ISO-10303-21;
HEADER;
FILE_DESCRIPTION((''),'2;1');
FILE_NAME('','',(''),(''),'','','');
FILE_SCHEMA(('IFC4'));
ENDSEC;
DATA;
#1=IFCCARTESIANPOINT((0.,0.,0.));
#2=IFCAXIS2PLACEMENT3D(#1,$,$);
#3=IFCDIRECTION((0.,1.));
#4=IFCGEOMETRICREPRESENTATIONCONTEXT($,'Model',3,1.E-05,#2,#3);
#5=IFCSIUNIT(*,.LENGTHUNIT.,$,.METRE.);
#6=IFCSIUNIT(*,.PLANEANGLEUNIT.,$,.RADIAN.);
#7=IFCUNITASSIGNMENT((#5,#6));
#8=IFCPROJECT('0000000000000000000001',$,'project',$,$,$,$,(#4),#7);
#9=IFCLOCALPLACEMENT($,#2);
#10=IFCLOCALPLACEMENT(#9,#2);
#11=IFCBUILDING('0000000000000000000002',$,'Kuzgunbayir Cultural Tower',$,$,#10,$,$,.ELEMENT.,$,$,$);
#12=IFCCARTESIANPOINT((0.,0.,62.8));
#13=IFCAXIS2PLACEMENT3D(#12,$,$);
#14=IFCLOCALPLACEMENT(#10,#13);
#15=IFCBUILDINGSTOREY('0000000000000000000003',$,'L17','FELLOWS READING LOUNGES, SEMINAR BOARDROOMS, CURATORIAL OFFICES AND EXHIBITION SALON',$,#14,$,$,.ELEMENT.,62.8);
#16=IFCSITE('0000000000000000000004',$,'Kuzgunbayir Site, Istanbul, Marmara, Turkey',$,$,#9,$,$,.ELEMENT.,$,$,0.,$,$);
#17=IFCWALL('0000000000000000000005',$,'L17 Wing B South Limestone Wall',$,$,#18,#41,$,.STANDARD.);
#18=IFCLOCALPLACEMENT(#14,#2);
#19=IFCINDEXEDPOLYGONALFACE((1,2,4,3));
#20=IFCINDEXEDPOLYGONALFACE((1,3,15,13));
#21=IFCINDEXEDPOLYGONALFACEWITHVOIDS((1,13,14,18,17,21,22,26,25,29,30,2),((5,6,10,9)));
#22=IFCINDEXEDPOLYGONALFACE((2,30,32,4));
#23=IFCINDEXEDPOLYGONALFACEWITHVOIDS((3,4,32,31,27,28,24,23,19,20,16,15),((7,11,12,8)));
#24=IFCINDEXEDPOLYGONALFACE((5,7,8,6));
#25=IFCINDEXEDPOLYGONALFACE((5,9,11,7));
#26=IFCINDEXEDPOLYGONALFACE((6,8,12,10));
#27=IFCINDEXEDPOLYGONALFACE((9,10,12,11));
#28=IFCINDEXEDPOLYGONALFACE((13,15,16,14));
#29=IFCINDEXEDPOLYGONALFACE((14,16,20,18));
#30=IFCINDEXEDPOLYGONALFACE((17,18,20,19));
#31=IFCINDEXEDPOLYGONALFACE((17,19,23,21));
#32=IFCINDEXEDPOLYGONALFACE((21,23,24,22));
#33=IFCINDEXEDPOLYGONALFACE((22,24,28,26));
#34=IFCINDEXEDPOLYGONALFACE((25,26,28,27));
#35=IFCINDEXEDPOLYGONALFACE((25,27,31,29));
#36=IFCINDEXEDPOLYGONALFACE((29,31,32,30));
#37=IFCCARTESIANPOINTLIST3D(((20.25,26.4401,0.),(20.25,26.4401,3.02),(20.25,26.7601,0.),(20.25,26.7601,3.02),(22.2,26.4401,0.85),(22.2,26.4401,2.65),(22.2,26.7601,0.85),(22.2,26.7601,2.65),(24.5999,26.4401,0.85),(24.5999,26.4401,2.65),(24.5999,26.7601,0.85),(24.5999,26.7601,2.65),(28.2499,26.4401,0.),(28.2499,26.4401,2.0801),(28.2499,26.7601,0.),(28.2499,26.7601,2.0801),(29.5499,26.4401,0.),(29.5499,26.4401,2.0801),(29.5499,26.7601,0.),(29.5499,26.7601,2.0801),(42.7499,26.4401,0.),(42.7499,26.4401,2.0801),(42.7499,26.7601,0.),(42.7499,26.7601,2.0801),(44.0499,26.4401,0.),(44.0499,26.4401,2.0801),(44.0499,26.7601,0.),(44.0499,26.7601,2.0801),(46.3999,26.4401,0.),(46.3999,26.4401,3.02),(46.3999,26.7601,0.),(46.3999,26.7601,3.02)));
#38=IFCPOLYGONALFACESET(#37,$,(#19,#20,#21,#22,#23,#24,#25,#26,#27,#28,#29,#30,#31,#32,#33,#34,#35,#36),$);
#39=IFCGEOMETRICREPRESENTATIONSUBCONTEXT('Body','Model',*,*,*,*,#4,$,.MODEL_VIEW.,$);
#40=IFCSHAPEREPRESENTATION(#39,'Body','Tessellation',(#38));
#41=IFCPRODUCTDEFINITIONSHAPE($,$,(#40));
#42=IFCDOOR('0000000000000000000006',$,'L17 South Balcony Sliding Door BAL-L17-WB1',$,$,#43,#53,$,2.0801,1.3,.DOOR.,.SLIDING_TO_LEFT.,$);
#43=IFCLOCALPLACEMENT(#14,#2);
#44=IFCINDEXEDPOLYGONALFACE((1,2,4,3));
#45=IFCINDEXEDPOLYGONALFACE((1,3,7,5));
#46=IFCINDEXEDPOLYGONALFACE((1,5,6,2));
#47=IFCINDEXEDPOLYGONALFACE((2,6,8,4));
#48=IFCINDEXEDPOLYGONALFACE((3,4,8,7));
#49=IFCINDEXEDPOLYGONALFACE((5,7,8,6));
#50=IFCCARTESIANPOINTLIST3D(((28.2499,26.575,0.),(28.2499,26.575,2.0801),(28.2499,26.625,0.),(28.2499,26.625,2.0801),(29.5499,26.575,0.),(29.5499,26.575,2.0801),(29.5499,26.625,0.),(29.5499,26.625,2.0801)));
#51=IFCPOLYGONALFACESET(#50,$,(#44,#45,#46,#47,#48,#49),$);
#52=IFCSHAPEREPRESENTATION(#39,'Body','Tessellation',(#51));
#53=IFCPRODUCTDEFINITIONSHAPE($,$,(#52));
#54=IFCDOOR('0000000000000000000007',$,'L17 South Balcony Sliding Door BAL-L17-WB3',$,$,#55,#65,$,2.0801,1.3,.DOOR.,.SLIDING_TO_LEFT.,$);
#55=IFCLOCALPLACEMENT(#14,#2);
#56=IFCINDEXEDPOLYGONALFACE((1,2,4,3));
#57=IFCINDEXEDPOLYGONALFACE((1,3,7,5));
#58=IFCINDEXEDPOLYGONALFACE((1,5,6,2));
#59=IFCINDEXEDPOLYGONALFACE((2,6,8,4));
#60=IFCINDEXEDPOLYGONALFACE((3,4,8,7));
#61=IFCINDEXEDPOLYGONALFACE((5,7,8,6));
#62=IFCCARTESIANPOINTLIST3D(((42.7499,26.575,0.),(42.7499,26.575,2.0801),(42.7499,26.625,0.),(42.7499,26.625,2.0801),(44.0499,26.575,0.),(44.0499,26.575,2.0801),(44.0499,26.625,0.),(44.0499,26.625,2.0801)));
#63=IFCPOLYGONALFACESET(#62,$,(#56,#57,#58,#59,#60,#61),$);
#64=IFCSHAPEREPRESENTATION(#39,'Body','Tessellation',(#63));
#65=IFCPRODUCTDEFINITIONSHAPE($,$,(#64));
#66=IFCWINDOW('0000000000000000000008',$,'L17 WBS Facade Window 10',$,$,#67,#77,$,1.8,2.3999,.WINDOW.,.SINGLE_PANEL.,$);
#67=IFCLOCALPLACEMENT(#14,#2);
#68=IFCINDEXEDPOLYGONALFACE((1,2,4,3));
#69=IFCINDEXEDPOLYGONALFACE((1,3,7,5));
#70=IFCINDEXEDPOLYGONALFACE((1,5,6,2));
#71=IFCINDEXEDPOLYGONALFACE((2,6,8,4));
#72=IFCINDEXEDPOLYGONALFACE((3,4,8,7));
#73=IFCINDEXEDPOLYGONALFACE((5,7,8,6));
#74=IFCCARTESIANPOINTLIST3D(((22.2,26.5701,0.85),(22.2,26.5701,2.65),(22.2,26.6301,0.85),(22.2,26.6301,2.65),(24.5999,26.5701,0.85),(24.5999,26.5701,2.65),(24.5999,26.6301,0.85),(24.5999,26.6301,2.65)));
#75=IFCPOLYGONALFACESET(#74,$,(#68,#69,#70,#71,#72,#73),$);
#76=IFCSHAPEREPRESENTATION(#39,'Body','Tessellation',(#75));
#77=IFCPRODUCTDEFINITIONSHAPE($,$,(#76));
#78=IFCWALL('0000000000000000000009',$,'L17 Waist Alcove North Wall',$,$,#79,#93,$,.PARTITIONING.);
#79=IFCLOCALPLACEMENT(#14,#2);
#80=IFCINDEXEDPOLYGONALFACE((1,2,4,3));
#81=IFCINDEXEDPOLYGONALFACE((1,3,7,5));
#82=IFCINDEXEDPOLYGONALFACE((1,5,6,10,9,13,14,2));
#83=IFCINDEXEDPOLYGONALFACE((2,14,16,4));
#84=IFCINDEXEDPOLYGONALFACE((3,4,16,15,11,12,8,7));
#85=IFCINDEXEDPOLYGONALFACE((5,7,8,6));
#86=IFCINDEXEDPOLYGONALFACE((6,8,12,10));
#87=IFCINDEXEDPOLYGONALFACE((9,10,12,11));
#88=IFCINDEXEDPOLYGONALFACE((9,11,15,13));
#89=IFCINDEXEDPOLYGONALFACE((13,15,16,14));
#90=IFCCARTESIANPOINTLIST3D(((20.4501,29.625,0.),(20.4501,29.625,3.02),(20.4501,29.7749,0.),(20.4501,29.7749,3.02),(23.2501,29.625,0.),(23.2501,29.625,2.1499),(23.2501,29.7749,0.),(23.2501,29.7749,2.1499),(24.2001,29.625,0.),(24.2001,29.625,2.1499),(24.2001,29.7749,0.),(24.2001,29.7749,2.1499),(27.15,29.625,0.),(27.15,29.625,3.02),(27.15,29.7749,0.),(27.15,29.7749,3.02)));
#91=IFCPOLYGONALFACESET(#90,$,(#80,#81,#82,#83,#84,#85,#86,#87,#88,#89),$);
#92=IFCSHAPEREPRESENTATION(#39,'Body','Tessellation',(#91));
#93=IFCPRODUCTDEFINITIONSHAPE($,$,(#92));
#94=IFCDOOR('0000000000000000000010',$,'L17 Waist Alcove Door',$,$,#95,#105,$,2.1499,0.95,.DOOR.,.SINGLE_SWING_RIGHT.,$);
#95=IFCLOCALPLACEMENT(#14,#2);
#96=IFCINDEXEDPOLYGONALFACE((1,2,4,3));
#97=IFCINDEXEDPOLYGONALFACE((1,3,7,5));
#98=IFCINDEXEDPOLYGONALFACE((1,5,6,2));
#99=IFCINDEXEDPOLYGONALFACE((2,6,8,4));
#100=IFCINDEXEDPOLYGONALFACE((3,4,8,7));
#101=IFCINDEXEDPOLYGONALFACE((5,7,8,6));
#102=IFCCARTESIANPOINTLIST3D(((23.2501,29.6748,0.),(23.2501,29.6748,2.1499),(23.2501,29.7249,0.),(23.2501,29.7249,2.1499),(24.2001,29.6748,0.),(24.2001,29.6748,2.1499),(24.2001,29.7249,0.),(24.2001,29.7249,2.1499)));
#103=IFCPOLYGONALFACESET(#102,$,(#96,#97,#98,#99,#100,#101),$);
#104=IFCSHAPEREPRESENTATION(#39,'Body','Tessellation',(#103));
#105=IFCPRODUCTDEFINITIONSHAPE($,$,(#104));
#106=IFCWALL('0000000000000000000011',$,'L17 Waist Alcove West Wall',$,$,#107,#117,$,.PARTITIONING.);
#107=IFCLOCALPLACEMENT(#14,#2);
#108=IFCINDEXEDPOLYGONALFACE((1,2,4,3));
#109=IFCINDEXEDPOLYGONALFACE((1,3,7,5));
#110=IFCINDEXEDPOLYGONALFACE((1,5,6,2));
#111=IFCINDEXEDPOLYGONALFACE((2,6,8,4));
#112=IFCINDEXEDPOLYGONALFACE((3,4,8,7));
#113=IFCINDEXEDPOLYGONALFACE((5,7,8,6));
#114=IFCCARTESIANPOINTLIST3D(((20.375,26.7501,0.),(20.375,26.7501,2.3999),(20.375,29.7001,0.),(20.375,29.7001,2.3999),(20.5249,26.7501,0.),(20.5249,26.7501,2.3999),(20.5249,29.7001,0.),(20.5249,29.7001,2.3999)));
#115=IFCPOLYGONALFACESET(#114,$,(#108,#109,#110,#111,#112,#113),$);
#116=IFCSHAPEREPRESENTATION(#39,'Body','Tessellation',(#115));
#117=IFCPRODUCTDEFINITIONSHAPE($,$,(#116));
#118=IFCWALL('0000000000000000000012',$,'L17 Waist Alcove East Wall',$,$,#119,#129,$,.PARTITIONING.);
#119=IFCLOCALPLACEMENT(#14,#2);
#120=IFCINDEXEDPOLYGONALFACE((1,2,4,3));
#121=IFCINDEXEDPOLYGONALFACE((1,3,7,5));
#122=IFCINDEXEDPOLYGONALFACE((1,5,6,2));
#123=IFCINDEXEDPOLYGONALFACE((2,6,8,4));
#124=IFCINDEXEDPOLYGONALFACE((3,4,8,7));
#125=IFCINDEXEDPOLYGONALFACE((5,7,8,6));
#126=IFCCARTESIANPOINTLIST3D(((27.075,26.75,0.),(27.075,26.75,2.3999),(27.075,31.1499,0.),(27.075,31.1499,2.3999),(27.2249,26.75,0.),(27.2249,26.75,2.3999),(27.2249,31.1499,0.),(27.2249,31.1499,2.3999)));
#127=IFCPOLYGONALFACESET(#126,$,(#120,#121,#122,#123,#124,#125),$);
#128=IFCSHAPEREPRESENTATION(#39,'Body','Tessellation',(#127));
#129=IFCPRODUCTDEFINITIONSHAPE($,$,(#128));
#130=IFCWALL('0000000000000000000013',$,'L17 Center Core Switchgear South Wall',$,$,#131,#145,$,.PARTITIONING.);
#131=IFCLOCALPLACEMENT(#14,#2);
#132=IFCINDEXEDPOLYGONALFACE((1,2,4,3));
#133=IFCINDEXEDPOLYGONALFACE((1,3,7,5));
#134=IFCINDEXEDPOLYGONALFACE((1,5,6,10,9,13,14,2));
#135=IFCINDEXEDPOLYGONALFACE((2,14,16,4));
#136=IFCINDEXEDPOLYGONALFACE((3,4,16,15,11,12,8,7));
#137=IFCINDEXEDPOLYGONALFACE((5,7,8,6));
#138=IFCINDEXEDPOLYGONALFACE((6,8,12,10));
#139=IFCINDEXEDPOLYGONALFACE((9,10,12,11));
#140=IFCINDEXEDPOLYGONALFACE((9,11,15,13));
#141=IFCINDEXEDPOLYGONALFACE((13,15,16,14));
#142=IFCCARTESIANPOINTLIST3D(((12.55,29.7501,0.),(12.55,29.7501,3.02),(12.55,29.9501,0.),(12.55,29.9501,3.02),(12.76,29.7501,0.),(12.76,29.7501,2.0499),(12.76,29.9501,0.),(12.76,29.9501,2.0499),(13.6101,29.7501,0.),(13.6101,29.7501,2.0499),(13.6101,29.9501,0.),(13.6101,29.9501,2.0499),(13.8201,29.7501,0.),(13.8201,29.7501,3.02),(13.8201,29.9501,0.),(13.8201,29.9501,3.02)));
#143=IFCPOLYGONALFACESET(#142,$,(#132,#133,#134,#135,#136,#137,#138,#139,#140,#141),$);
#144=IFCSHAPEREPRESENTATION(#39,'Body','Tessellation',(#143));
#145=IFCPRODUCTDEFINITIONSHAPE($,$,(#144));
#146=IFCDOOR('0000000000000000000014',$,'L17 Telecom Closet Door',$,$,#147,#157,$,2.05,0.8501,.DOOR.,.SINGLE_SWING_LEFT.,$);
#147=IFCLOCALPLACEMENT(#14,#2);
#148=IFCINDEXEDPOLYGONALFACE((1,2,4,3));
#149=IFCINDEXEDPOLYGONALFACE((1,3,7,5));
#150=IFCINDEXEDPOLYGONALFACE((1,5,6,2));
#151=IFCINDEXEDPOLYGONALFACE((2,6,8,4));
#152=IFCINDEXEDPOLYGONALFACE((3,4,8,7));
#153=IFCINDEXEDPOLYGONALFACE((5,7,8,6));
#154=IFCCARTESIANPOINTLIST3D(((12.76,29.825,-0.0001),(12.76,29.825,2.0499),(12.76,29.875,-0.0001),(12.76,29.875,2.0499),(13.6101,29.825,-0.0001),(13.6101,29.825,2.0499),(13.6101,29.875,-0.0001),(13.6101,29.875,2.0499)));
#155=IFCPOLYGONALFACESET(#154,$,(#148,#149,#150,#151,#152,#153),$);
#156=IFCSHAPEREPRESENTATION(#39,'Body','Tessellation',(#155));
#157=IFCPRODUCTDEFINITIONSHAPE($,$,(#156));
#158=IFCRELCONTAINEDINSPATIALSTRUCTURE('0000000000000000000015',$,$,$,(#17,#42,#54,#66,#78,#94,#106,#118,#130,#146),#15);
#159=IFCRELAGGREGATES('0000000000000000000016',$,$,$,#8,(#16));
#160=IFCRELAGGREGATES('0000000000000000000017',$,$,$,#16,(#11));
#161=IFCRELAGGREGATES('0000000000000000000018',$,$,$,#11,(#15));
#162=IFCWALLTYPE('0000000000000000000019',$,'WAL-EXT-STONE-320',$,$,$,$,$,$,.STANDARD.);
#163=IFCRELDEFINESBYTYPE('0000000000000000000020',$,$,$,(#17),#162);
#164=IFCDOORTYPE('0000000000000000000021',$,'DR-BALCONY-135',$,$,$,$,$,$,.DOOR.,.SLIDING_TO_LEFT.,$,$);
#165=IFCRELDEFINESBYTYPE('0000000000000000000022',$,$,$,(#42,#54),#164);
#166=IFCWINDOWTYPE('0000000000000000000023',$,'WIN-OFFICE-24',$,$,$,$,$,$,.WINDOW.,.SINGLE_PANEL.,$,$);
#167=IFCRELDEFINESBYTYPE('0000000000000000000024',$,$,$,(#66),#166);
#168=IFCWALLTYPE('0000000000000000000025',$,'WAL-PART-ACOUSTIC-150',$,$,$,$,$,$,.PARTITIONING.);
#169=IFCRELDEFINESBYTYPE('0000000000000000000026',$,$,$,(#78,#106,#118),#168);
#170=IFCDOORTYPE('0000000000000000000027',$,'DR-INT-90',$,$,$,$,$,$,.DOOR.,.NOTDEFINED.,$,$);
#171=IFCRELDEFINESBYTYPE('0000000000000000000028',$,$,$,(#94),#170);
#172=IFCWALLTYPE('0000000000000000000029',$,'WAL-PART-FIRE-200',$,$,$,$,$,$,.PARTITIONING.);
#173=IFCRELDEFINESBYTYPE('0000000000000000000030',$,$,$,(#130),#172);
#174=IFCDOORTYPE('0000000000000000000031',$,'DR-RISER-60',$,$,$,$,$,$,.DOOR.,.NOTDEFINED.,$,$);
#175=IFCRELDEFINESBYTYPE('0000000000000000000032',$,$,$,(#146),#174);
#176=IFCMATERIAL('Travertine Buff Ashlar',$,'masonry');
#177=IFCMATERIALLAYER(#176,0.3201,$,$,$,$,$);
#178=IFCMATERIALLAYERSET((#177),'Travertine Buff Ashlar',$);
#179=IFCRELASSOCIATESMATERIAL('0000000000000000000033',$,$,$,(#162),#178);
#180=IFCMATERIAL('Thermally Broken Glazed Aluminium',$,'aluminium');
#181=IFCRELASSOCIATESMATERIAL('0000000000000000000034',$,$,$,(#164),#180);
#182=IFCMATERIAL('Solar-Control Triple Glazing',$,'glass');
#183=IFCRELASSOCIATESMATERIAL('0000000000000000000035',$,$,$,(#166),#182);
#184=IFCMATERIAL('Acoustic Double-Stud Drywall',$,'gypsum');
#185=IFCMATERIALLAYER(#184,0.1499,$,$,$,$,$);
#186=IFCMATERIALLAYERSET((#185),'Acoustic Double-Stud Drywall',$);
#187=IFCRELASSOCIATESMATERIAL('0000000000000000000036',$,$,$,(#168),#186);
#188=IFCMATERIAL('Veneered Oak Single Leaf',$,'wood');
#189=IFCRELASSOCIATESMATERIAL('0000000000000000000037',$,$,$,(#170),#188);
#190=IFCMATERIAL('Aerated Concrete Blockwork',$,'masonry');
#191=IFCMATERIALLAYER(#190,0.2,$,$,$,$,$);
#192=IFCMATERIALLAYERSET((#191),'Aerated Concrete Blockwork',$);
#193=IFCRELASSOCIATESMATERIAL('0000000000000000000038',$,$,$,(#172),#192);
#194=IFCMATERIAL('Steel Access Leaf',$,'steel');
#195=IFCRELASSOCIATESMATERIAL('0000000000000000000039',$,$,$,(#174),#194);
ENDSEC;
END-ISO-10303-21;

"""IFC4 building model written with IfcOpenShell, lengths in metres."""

from ifc_helpers import new_model, si_unit, direction, frame, frame_2d, origin, place, context, subcontext, project, spatial, rectangle, extrude, material, layer, layer_set, type_object, element, fill, save


model = new_model("IFC4")

# Units and contexts
model_context = context("Model", 3, precision=1e-05, world=origin(), true_north=direction((0.0, 1.0)))
body_context = subcontext(model_context, "Body", "Model", "MODEL_VIEW")
ifc_project = project(units=[si_unit("LENGTHUNIT", "METRE"), si_unit("PLANEANGLEUNIT", "RADIAN")], contexts=[model_context])

# Site, building, storey
site_placement = place(None, origin())
site = spatial("IfcSite", under=ifc_project, at=site_placement, Name="Kuzgunbayir Site, Istanbul, Marmara, Turkey", CompositionType="ELEMENT", RefElevation=0.0)
building_placement = place(site_placement, origin())
building = spatial("IfcBuilding", under=site, at=building_placement, Name="Kuzgunbayir Cultural Tower", CompositionType="ELEMENT")
storey_placement = place(building_placement, frame((0.0, 0.0, 62.8)))
storey = spatial("IfcBuildingStorey", under=building, at=storey_placement, Name="L17", Description="FELLOWS READING LOUNGES, SEMINAR BOARDROOMS, CURATORIAL OFFICES AND EXHIBITION SALON", CompositionType="ELEMENT", Elevation=62.8)

# Wall, openings, doors, window
ifc_material_1 = material(Name="Travertine Buff Ashlar", Category="masonry")
ifc_layer_1 = layer(ifc_material_1, 0.3201)
ifc_layer_set_1 = layer_set([ifc_layer_1], Name="Travertine Buff Ashlar")
wall_type_1 = type_object("IfcWallType", Name="WAL-EXT-STONE-320", PredefinedType="STANDARD", material=ifc_layer_set_1)
wall_1_placement = place(storey_placement, frame((20.25, 26.6001, 0.0), z_axis=(0.0, 0.0, 1.0), x_axis=(1.0, 0.0, 0.0)))
wall_1 = element("IfcWall", 1, at=wall_1_placement, inside=storey, type_object=wall_type_1, Name="L17 Wing B South Limestone Wall", PredefinedType="STANDARD", context=body_context, shape_type="SweptSolid", body=[
    extrude(rectangle(XDim=26.1499, YDim=0.3201, at=frame_2d((13.075, 0.0))), origin(), (0.0, 0.0, 1.0), 3.02),
])
opening_1_placement = place(wall_1_placement, frame((8.0, 0.0, 0.0)))
opening_1 = element("IfcOpeningElement", 2, at=opening_1_placement, cuts=wall_1, PredefinedType="OPENING", context=body_context, shape_type="SweptSolid", body=[
    extrude(rectangle(XDim=1.3, YDim=2.0801, at=frame_2d((0.6499, 1.04))), frame((0.0, 0.1699, 0.0), z_axis=(0.0, -1.0, 0.0), x_axis=(1.0, 0.0, 0.0)), (0.0, 0.0, 1.0), 0.3401),
])
opening_2_placement = place(wall_1_placement, frame((22.5, 0.0, 0.0)))
opening_2 = element("IfcOpeningElement", 3, at=opening_2_placement, cuts=wall_1, PredefinedType="OPENING", context=body_context, shape_type="SweptSolid", body=[
    extrude(rectangle(XDim=1.3, YDim=2.0801, at=frame_2d((0.6499, 1.04))), frame((0.0, 0.1699, 0.0), z_axis=(0.0, -1.0, 0.0), x_axis=(1.0, 0.0, 0.0)), (0.0, 0.0, 1.0), 0.3401),
])
opening_3_placement = place(wall_1_placement, frame((1.95, 0.0, 0.8501)))
opening_3 = element("IfcOpeningElement", 4, at=opening_3_placement, cuts=wall_1, PredefinedType="OPENING", context=body_context, shape_type="SweptSolid", body=[
    extrude(rectangle(XDim=2.3999, YDim=1.8, at=frame_2d((1.2, 0.8999))), frame((0.0, 0.1699, 0.0), z_axis=(0.0, -1.0, 0.0), x_axis=(1.0, 0.0, 0.0)), (0.0, 0.0, 1.0), 0.3401),
])
ifc_material_2 = material(Name="Thermally Broken Glazed Aluminium", Category="aluminium")
door_type_1 = type_object("IfcDoorType", Name="DR-BALCONY-135", OperationType="SLIDING_TO_LEFT", PredefinedType="DOOR", material=ifc_material_2)
door_1_placement = place(opening_1_placement, origin())
door_1 = element("IfcDoor", 5, at=door_1_placement, inside=storey, type_object=door_type_1, Name="L17 South Balcony Sliding Door BAL-L17-WB1", OperationType="SLIDING_TO_LEFT", OverallHeight=2.0801, OverallWidth=1.3, PredefinedType="DOOR", context=body_context, shape_type="SweptSolid", body=[
    extrude(rectangle(XDim=1.3, YDim=2.0801, at=frame_2d((0.6499, 1.04))), frame((0.0, 0.0249, 0.0), z_axis=(0.0, -1.0, 0.0), x_axis=(1.0, 0.0, 0.0)), (0.0, 0.0, 1.0), 0.05),
])
fill(opening_1, door_1)
door_2_placement = place(opening_2_placement, origin())
door_2 = element("IfcDoor", 6, at=door_2_placement, inside=storey, type_object=door_type_1, Name="L17 South Balcony Sliding Door BAL-L17-WB3", OperationType="SLIDING_TO_LEFT", OverallHeight=2.0801, OverallWidth=1.3, PredefinedType="DOOR", context=body_context, shape_type="SweptSolid", body=[
    extrude(rectangle(XDim=1.3, YDim=2.0801, at=frame_2d((0.6499, 1.04))), frame((0.0, 0.0249, 0.0), z_axis=(0.0, -1.0, 0.0), x_axis=(1.0, 0.0, 0.0)), (0.0, 0.0, 1.0), 0.05),
])
fill(opening_2, door_2)
ifc_material_3 = material(Name="Solar-Control Triple Glazing", Category="glass")
window_type = type_object("IfcWindowType", Name="WIN-OFFICE-24", PartitioningType="SINGLE_PANEL", PredefinedType="WINDOW", material=ifc_material_3)
window_placement = place(opening_3_placement, origin())
window = element("IfcWindow", 7, at=window_placement, inside=storey, type_object=window_type, Name="L17 WBS Facade Window 10", OverallHeight=1.8, OverallWidth=2.3999, PartitioningType="SINGLE_PANEL", PredefinedType="WINDOW", context=body_context, shape_type="SweptSolid", body=[
    extrude(rectangle(XDim=2.3999, YDim=1.8, at=frame_2d((1.2, 0.8999))), frame((0.0, 0.03, 0.0), z_axis=(0.0, -1.0, 0.0), x_axis=(1.0, 0.0, 0.0)), (0.0, 0.0, 1.0), 0.0601),
])
fill(opening_3, window)

# Wall, opening, door
ifc_material_4 = material(Name="Acoustic Double-Stud Drywall", Category="gypsum")
ifc_layer_2 = layer(ifc_material_4, 0.1499)
ifc_layer_set_2 = layer_set([ifc_layer_2], Name="Acoustic Double-Stud Drywall")
wall_type_2 = type_object("IfcWallType", Name="WAL-PART-ACOUSTIC-150", PredefinedType="PARTITIONING", material=ifc_layer_set_2)
wall_2_placement = place(storey_placement, frame((20.45, 29.7, 0.0), z_axis=(0.0, 0.0, 1.0), x_axis=(1.0, 0.0, 0.0)))
wall_2 = element("IfcWall", 8, at=wall_2_placement, inside=storey, type_object=wall_type_2, Name="L17 Waist Alcove North Wall", PredefinedType="PARTITIONING", context=body_context, shape_type="SweptSolid", body=[
    extrude(rectangle(XDim=6.7, YDim=0.1499, at=frame_2d((3.3501, 0.0))), origin(), (0.0, 0.0, 1.0), 3.02),
])
opening_4_placement = place(wall_2_placement, frame((2.8, 0.0, 0.0)))
opening_4 = element("IfcOpeningElement", 9, at=opening_4_placement, cuts=wall_2, PredefinedType="OPENING", context=body_context, shape_type="SweptSolid", body=[
    extrude(rectangle(XDim=0.95, YDim=2.1499, at=frame_2d((0.4751, 1.075))), frame((0.0, 0.085, 0.0), z_axis=(0.0, -1.0, 0.0), x_axis=(1.0, 0.0, 0.0)), (0.0, 0.0, 1.0), 0.1699),
])
ifc_material_5 = material(Name="Veneered Oak Single Leaf", Category="wood")
door_type_2 = type_object("IfcDoorType", Name="DR-INT-90", OperationType="NOTDEFINED", PredefinedType="DOOR", material=ifc_material_5)
door_3_placement = place(opening_4_placement, origin())
door_3 = element("IfcDoor", 10, at=door_3_placement, inside=storey, type_object=door_type_2, Name="L17 Waist Alcove Door", OperationType="SINGLE_SWING_RIGHT", OverallHeight=2.1499, OverallWidth=0.95, PredefinedType="DOOR", context=body_context, shape_type="SweptSolid", body=[
    extrude(rectangle(XDim=0.95, YDim=2.1499, at=frame_2d((0.4751, 1.075))), frame((0.0, 0.0249, 0.0), z_axis=(0.0, -1.0, 0.0), x_axis=(1.0, 0.0, 0.0)), (0.0, 0.0, 1.0), 0.05),
])
fill(opening_4, door_3)

# Walls
wall_3_placement = place(storey_placement, frame((20.45, 26.75, 0.0), z_axis=(0.0, 0.0, 1.0), x_axis=(0.0, 1.0, 0.0)))
element("IfcWall", 11, at=wall_3_placement, inside=storey, type_object=wall_type_2, Name="L17 Waist Alcove West Wall", PredefinedType="PARTITIONING", context=body_context, shape_type="SweptSolid", body=[
    extrude(rectangle(XDim=2.95, YDim=0.1499, at=frame_2d((1.4751, 0.0))), origin(), (0.0, 0.0, 1.0), 2.3999),
])
wall_4_placement = place(storey_placement, frame((27.1499, 26.75, 0.0), z_axis=(0.0, 0.0, 1.0), x_axis=(0.0, 1.0, 0.0)))
element("IfcWall", 12, at=wall_4_placement, inside=storey, type_object=wall_type_2, Name="L17 Waist Alcove East Wall", PredefinedType="PARTITIONING", context=body_context, shape_type="SweptSolid", body=[
    extrude(rectangle(XDim=4.3999, YDim=0.1499, at=frame_2d((2.2, 0.0))), origin(), (0.0, 0.0, 1.0), 2.3999),
])

# Wall, opening, door
ifc_material_6 = material(Name="Aerated Concrete Blockwork", Category="masonry")
ifc_layer_3 = layer(ifc_material_6, 0.2)
ifc_layer_set_3 = layer_set([ifc_layer_3], Name="Aerated Concrete Blockwork")
wall_type_3 = type_object("IfcWallType", Name="WAL-PART-FIRE-200", PredefinedType="PARTITIONING", material=ifc_layer_set_3)
wall_5_placement = place(storey_placement, frame((12.55, 29.8501, 0.0), z_axis=(0.0, 0.0, 1.0), x_axis=(1.0, 0.0, 0.0)))
wall_5 = element("IfcWall", 13, at=wall_5_placement, inside=storey, type_object=wall_type_3, Name="L17 Center Core Switchgear South Wall", PredefinedType="PARTITIONING", context=body_context, shape_type="SweptSolid", body=[
    extrude(rectangle(XDim=1.27, YDim=0.2, at=frame_2d((0.635, 0.0))), origin(), (0.0, 0.0, 1.0), 3.02),
])
opening_5_placement = place(wall_5_placement, frame((0.21, 0.0, 0.0)))
opening_5 = element("IfcOpeningElement", 14, at=opening_5_placement, cuts=wall_5, PredefinedType="OPENING", context=body_context, shape_type="SweptSolid", body=[
    extrude(rectangle(XDim=0.8501, YDim=2.05, at=frame_2d((0.425, 1.0249))), frame((0.0, 0.1099, 0.0), z_axis=(0.0, -1.0, 0.0), x_axis=(1.0, 0.0, 0.0)), (0.0, 0.0, 1.0), 0.22),
])
ifc_material_7 = material(Name="Steel Access Leaf", Category="steel")
door_type_3 = type_object("IfcDoorType", Name="DR-RISER-60", OperationType="NOTDEFINED", PredefinedType="DOOR", material=ifc_material_7)
door_4_placement = place(opening_5_placement, origin())
door_4 = element("IfcDoor", 15, at=door_4_placement, inside=storey, type_object=door_type_3, Name="L17 Telecom Closet Door", OperationType="SINGLE_SWING_LEFT", OverallHeight=2.05, OverallWidth=0.8501, PredefinedType="DOOR", context=body_context, shape_type="SweptSolid", body=[
    extrude(rectangle(XDim=0.8501, YDim=2.05, at=frame_2d((0.425, 1.0249))), frame((0.0, 0.0249, 0.0), z_axis=(0.0, -1.0, 0.0), x_axis=(1.0, 0.0, 0.0)), (0.0, 0.0, 1.0), 0.05),
])
fill(opening_5, door_4)

save(model, "model.ifc")
